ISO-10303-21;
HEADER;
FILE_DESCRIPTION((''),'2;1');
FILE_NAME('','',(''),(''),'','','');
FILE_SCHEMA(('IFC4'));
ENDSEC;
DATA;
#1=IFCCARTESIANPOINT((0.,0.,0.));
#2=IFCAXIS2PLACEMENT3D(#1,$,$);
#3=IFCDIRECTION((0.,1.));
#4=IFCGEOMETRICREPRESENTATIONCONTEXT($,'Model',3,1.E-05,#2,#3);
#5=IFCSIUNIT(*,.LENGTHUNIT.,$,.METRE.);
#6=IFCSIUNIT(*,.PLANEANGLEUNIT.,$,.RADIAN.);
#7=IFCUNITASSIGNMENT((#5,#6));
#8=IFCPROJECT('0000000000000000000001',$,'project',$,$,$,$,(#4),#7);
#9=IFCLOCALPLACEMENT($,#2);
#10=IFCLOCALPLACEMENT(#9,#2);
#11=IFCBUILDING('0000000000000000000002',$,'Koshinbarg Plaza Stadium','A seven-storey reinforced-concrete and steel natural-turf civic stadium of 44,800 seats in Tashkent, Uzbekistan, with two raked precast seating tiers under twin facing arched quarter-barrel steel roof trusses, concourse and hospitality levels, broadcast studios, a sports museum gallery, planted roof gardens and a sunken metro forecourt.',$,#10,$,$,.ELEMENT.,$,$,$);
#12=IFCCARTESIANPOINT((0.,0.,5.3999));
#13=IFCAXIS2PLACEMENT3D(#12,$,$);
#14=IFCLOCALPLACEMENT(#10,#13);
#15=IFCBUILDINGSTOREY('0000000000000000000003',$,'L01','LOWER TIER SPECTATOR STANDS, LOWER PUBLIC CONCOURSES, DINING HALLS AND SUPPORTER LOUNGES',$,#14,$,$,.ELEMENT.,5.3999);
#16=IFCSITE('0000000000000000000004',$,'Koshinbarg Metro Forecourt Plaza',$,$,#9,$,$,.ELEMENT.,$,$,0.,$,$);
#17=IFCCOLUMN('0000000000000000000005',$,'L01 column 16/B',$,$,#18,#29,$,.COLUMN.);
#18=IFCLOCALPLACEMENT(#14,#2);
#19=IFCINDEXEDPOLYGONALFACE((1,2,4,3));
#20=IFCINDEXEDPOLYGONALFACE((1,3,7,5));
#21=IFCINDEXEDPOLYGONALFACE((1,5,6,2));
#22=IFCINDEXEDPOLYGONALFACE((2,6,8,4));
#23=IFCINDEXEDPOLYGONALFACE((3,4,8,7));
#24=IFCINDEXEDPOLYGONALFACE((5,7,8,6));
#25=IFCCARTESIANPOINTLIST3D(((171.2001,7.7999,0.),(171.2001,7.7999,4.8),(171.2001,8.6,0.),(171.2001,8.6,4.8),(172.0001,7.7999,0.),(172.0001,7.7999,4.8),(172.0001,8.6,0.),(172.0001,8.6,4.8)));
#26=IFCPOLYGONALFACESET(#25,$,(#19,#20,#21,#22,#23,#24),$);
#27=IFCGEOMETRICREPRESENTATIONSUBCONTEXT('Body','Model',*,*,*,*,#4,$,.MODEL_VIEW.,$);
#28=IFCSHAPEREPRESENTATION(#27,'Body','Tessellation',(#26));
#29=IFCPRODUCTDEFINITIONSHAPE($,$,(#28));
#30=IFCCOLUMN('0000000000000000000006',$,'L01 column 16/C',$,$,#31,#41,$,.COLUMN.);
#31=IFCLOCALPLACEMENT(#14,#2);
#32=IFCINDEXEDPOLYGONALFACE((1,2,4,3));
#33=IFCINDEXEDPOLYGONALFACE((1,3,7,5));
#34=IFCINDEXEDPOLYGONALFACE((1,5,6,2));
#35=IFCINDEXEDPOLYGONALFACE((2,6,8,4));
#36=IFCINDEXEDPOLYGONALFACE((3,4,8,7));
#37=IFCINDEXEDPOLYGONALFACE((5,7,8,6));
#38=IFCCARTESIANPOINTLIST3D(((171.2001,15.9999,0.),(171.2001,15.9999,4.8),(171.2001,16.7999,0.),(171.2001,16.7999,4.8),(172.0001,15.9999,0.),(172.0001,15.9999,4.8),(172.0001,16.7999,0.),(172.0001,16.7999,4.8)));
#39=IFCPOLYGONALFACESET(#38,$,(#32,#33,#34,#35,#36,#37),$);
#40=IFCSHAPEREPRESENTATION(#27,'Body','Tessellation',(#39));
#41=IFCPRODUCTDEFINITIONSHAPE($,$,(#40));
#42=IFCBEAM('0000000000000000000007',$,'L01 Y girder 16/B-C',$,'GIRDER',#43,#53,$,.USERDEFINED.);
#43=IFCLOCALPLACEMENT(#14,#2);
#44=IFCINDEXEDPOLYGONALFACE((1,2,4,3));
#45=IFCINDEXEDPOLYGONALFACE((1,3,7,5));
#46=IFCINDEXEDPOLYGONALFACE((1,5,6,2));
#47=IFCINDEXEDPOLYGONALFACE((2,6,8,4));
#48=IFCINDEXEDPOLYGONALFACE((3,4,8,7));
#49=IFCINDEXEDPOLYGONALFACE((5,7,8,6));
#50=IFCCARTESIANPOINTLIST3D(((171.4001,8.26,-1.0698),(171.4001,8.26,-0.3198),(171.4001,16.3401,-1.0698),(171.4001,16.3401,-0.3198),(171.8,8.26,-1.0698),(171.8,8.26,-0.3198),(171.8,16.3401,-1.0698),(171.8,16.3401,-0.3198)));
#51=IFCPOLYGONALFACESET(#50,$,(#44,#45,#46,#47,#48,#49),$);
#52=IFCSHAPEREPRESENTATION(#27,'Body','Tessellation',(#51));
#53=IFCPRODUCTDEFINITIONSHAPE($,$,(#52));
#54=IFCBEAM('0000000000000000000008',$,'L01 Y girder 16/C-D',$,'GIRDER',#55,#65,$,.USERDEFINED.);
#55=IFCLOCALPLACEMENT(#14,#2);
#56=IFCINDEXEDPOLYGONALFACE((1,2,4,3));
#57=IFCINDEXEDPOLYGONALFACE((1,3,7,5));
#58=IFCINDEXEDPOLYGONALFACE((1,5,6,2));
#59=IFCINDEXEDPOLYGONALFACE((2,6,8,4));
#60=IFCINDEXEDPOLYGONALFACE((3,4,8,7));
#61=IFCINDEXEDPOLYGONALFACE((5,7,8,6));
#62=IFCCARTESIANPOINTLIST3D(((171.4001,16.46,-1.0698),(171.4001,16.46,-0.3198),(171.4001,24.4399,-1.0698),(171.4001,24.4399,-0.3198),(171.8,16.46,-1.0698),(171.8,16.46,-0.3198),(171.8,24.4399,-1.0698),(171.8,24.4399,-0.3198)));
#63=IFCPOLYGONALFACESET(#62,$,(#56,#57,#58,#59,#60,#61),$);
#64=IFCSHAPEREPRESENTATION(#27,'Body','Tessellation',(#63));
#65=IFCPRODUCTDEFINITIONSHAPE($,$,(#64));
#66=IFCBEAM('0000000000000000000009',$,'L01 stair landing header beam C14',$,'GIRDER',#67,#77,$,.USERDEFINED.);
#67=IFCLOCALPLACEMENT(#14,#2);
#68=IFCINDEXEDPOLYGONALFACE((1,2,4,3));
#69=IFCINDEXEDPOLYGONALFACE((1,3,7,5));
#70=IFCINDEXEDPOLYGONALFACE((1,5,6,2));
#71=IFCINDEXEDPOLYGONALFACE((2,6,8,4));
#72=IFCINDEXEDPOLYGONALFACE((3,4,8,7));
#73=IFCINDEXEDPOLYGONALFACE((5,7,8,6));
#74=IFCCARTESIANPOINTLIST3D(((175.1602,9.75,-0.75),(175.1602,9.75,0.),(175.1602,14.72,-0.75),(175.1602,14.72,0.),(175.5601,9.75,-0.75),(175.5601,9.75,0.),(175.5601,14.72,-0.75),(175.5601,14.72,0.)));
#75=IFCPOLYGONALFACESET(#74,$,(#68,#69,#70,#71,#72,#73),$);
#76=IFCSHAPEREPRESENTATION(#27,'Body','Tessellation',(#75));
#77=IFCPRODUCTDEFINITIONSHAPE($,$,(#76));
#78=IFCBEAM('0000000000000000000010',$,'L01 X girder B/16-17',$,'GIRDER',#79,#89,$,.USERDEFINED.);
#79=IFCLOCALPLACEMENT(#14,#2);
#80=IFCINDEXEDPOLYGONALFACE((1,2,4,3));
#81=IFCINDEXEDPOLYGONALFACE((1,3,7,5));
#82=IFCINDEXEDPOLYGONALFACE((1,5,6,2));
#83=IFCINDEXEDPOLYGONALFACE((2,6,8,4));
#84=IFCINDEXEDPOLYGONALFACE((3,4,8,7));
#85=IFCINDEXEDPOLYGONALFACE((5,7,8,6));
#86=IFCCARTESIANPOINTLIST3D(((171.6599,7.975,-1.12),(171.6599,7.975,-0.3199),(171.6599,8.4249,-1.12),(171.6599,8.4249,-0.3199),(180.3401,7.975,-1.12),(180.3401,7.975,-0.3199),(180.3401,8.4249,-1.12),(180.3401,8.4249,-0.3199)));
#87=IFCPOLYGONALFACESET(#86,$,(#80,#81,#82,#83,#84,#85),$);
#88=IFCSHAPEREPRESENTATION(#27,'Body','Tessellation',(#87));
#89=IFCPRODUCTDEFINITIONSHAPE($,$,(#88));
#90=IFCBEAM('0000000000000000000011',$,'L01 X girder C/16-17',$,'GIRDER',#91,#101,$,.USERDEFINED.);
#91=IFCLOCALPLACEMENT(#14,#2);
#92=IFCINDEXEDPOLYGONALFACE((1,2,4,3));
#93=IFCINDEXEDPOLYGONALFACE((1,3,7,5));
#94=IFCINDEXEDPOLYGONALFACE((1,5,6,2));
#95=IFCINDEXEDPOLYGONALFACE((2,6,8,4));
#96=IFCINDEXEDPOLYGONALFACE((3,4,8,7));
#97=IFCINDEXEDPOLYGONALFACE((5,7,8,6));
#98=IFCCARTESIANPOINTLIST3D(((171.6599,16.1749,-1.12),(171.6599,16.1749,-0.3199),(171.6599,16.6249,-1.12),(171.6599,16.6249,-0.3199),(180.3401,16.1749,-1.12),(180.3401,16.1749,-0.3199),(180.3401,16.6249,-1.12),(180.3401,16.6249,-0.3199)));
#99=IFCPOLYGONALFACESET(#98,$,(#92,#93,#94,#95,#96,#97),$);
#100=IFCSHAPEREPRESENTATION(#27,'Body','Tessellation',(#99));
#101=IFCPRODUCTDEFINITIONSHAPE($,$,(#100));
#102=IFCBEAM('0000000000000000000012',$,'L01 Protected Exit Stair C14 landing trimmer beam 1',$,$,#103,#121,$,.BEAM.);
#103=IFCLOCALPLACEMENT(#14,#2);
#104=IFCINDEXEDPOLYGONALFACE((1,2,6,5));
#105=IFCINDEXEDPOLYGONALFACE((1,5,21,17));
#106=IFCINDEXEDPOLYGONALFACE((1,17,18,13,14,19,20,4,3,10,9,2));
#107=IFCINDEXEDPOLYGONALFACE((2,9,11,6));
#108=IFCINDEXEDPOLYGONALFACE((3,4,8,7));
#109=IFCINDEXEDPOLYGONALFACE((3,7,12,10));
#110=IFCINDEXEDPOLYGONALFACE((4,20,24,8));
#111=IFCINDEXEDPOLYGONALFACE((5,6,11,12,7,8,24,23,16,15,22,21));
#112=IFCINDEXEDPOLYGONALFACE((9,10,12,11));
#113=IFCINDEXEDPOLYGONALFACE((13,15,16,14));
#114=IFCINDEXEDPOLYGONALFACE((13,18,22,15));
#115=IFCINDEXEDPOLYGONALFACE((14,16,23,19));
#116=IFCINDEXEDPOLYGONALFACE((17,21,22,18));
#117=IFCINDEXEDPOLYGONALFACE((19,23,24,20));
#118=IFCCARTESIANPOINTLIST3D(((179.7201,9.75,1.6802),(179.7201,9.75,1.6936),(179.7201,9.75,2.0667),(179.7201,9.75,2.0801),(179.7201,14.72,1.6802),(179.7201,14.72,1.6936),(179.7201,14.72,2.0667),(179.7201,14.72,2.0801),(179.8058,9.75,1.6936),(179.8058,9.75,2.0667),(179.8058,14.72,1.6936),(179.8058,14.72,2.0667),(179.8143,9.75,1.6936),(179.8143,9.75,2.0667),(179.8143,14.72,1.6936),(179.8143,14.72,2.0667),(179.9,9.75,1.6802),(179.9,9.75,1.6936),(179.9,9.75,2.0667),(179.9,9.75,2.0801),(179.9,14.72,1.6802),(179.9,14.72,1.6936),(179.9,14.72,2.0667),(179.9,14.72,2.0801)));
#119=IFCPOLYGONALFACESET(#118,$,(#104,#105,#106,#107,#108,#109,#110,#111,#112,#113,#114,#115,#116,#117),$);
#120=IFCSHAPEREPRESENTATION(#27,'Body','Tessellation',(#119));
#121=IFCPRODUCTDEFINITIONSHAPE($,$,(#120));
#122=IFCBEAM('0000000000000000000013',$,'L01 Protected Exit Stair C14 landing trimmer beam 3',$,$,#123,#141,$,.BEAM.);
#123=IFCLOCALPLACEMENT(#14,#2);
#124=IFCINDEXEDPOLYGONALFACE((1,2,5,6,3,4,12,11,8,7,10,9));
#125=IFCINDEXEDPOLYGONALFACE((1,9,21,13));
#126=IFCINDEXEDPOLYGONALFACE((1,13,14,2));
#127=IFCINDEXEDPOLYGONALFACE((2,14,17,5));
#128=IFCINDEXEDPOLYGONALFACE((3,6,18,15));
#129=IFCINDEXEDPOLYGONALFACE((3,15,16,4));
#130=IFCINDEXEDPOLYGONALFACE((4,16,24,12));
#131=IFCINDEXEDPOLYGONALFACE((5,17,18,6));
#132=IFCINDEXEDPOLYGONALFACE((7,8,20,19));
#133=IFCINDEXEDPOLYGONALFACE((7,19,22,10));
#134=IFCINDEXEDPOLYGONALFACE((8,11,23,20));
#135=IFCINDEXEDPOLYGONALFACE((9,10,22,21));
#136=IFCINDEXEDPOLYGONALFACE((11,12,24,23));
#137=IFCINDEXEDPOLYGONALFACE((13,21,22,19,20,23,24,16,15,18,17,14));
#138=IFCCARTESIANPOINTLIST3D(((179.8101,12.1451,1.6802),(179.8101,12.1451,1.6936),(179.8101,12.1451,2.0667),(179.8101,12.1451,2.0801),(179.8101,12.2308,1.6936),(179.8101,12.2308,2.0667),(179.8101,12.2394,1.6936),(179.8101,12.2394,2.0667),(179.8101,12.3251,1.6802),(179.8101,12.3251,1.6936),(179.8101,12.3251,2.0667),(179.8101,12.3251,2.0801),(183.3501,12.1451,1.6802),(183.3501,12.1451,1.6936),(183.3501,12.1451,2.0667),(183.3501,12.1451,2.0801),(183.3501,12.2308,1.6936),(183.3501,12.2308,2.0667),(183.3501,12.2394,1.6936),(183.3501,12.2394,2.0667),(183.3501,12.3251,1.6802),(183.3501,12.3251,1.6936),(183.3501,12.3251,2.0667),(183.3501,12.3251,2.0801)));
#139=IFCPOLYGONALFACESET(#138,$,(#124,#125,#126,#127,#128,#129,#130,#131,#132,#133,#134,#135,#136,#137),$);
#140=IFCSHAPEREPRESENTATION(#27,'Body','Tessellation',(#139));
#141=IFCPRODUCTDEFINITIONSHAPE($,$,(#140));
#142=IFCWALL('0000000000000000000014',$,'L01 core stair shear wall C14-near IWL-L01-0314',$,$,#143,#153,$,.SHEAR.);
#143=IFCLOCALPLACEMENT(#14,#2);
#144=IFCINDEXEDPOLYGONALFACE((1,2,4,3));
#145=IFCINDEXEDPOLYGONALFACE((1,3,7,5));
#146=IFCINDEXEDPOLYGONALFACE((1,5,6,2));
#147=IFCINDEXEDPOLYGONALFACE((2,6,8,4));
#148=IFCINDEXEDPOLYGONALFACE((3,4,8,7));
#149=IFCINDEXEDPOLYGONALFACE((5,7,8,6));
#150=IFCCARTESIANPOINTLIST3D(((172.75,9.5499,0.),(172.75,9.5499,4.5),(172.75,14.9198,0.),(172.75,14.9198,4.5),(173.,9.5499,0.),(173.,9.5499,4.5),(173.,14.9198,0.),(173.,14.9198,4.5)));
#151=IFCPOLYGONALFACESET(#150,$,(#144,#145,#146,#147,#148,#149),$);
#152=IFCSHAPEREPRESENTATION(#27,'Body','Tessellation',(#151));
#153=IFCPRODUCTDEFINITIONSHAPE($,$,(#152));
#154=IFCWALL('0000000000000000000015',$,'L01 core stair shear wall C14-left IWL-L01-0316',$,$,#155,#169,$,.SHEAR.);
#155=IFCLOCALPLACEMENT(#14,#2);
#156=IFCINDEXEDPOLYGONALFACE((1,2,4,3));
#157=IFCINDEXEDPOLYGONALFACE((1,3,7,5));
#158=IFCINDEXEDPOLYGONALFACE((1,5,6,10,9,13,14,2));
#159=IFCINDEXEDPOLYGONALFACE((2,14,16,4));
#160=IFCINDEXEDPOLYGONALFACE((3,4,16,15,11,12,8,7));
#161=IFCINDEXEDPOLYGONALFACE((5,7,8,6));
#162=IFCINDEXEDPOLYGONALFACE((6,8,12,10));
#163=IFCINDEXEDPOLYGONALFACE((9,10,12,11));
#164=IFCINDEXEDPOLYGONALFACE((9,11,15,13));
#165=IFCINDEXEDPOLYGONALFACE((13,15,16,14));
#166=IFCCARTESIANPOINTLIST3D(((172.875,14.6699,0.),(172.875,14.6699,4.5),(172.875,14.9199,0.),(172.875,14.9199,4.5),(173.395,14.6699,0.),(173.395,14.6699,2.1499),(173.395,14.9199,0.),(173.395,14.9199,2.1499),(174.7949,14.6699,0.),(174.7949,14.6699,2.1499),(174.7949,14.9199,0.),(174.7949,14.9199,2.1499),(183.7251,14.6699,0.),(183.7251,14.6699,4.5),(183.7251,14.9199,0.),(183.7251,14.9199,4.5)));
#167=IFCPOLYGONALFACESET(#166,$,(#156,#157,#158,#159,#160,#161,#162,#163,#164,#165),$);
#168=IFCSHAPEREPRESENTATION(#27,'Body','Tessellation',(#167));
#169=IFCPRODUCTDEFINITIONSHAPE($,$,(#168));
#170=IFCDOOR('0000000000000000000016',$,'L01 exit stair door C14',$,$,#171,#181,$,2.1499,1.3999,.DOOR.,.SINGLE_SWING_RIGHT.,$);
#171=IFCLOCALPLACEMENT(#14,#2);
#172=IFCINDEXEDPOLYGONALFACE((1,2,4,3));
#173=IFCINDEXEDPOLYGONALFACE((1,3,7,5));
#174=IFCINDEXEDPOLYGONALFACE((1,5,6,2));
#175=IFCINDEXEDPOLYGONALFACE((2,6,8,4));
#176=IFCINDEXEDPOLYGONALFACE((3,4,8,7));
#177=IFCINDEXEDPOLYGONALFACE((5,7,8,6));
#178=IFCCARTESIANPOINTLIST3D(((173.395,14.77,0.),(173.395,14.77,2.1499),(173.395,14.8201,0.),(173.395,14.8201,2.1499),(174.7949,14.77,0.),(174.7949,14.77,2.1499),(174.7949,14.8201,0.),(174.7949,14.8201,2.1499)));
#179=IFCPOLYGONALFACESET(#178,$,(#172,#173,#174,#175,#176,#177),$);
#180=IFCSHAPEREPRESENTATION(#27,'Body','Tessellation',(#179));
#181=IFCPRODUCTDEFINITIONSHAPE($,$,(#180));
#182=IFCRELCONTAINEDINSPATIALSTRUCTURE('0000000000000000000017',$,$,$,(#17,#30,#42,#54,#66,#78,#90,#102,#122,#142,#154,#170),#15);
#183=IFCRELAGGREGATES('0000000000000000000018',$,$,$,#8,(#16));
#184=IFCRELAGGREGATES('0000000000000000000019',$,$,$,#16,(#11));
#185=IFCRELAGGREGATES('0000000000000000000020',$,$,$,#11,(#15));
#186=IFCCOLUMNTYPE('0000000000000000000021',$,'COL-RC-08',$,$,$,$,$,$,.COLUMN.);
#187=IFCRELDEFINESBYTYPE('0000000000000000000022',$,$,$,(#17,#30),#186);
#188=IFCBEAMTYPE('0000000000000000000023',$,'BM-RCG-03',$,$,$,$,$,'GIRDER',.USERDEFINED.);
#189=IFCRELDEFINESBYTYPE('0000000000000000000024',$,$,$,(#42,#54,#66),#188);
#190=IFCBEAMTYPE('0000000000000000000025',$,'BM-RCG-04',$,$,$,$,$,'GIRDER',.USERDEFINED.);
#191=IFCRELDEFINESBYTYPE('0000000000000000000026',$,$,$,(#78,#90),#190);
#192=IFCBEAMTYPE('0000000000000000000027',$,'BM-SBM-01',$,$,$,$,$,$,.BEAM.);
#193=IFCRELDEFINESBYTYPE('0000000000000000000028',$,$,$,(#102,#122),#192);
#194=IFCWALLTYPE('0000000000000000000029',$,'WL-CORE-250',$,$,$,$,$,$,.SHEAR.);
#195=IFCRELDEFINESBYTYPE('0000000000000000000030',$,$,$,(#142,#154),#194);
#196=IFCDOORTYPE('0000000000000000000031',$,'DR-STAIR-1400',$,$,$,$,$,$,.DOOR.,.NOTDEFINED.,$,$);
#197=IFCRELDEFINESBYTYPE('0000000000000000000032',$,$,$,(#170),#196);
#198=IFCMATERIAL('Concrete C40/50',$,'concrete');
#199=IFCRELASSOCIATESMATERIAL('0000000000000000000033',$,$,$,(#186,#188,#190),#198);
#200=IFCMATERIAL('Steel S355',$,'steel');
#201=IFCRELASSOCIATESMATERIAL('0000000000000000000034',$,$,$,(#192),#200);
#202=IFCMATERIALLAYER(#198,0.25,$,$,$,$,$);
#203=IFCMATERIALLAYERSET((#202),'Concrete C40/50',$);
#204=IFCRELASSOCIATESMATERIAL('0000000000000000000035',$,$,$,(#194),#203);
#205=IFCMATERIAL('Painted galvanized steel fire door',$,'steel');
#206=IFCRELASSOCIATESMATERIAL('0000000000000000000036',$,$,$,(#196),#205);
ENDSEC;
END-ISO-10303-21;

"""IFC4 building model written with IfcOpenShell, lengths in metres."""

from ifc_helpers import new_model, si_unit, direction, frame, frame_2d, origin, origin_2d, place, context, subcontext, project, spatial, rectangle, i_section, extrude, material, layer, layer_set, material_profile, profile_set, type_object, element, fill, save


model = new_model("IFC4")

# Units and contexts
model_context = context("Model", 3, precision=1e-05, world=origin(), true_north=direction((0.0, 1.0)))
body_context = subcontext(model_context, "Body", "Model", "MODEL_VIEW")
ifc_project = project(units=[si_unit("LENGTHUNIT", "METRE"), si_unit("PLANEANGLEUNIT", "RADIAN")], contexts=[model_context])

# Site, building, storey
site_placement = place(None, origin())
site = spatial("IfcSite", under=ifc_project, at=site_placement, Name="Koshinbarg Metro Forecourt Plaza", CompositionType="ELEMENT", RefElevation=0.0)
building_placement = place(site_placement, origin())
building = spatial("IfcBuilding", under=site, at=building_placement, Name="Koshinbarg Plaza Stadium", Description="A seven-storey reinforced-concrete and steel natural-turf civic stadium of 44,800 seats in Tashkent, Uzbekistan, with two raked precast seating tiers under twin facing arched quarter-barrel steel roof trusses, concourse and hospitality levels, broadcast studios, a sports museum gallery, planted roof gardens and a sunken metro forecourt.", CompositionType="ELEMENT")
storey_placement = place(building_placement, frame((0.0, 0.0, 5.3999)))
storey = spatial("IfcBuildingStorey", under=building, at=storey_placement, Name="L01", Description="LOWER TIER SPECTATOR STANDS, LOWER PUBLIC CONCOURSES, DINING HALLS AND SUPPORTER LOUNGES", CompositionType="ELEMENT", Elevation=5.3999)

# Columns
ifc_material_1 = material(Name="Concrete C40/50", Category="concrete")
ifc_material_profile_1 = material_profile(ifc_material_1, rectangle(XDim=0.8, YDim=0.8, at=origin_2d()), Name="RC 800x800")
ifc_profile_set_1 = profile_set([ifc_material_profile_1], Name="Concrete C40/50")
column_type = type_object("IfcColumnType", Name="COL-RC-08", PredefinedType="COLUMN", material=ifc_profile_set_1)
for number, where, z_axis, x_axis, name in (
    (1, (171.6001, 8.2, 0.0), (0.0, 0.0, 1.0), (1.0, 0.0, 0.0), "L01 column 16/B"),
    (2, (171.6001, 16.3999, 0.0), (0.0, 0.0, 1.0), (1.0, 0.0, 0.0), "L01 column 16/C"),
):
    element("IfcColumn", number, at=place(storey_placement, frame(where, z_axis=z_axis, x_axis=x_axis)), inside=storey, type_object=column_type, Name=name, PredefinedType="COLUMN", context=body_context, shape_type="SweptSolid", body=[
        extrude(rectangle(XDim=0.8, YDim=0.8, at=origin_2d()), origin(), (0.0, 0.0, 1.0), 4.8),
    ])

# Beams
ifc_material_profile_2 = material_profile(ifc_material_1, rectangle(XDim=0.3999, YDim=0.75, at=origin_2d()), Name="RC 400x750")
ifc_profile_set_2 = profile_set([ifc_material_profile_2], Name="Concrete C40/50")
beam_type_1 = type_object("IfcBeamType", Name="BM-RCG-03", ElementType="GIRDER", PredefinedType="USERDEFINED", material=ifc_profile_set_2)
beam_1_placement = place(storey_placement, frame((171.6001, 8.26, -0.6948), z_axis=(0.0, 1.0, 0.0), x_axis=(-1.0, 0.0, 0.0)))
element("IfcBeam", 3, at=beam_1_placement, inside=storey, type_object=beam_type_1, Name="L01 Y girder 16/B-C", ObjectType="GIRDER", PredefinedType="USERDEFINED", context=body_context, shape_type="SweptSolid", body=[
    extrude(rectangle(XDim=0.3999, YDim=0.75, at=origin_2d()), origin(), (0.0, 0.0, 1.0), 8.0801),
])
beam_2_placement = place(storey_placement, frame((171.6001, 16.46, -0.6948), z_axis=(0.0, 1.0, 0.0), x_axis=(-1.0, 0.0, 0.0)))
element("IfcBeam", 4, at=beam_2_placement, inside=storey, type_object=beam_type_1, Name="L01 Y girder 16/C-D", ObjectType="GIRDER", PredefinedType="USERDEFINED", context=body_context, shape_type="SweptSolid", body=[
    extrude(rectangle(XDim=0.3999, YDim=0.75, at=origin_2d()), origin(), (0.0, 0.0, 1.0), 7.98),
])
beam_3_placement = place(storey_placement, frame((175.3601, 9.75, -0.375), z_axis=(0.0, 1.0, 0.0), x_axis=(-1.0, 0.0, 0.0)))
element("IfcBeam", 5, at=beam_3_placement, inside=storey, type_object=beam_type_1, Name="L01 stair landing header beam C14", ObjectType="GIRDER", PredefinedType="USERDEFINED", context=body_context, shape_type="SweptSolid", body=[
    extrude(rectangle(XDim=0.3999, YDim=0.75, at=origin_2d()), origin(), (0.0, 0.0, 1.0), 4.97),
])
ifc_material_profile_3 = material_profile(ifc_material_1, rectangle(XDim=0.45, YDim=0.8, at=origin_2d()), Name="RC 450x800")
ifc_profile_set_3 = profile_set([ifc_material_profile_3], Name="Concrete C40/50")
beam_type_2 = type_object("IfcBeamType", Name="BM-RCG-04", ElementType="GIRDER", PredefinedType="USERDEFINED", material=ifc_profile_set_3)
for number, where, z_axis, x_axis, name in (
    (6, (171.6599, 8.2, -0.72), (1.0, 0.0, 0.0), (0.0, 1.0, 0.0), "L01 X girder B/16-17"),
    (7, (171.6599, 16.3999, -0.72), (1.0, 0.0, 0.0), (0.0, 1.0, 0.0), "L01 X girder C/16-17"),
):
    element("IfcBeam", number, at=place(storey_placement, frame(where, z_axis=z_axis, x_axis=x_axis)), inside=storey, type_object=beam_type_2, Name=name, ObjectType="GIRDER", PredefinedType="USERDEFINED", context=body_context, shape_type="SweptSolid", body=[
        extrude(rectangle(XDim=0.45, YDim=0.8, at=origin_2d()), origin(), (0.0, 0.0, 1.0), 8.6802),
    ])
ifc_material_2 = material(Name="Steel S355", Category="steel")
ifc_material_profile_4 = material_profile(ifc_material_2, i_section(OverallWidth=0.1799, OverallDepth=0.3999, WebThickness=0.0085, FlangeThickness=0.0134, at=origin_2d()), Name="IPE 400")
ifc_profile_set_4 = profile_set([ifc_material_profile_4], Name="Steel S355")
beam_type_3 = type_object("IfcBeamType", Name="BM-SBM-01", PredefinedType="BEAM", material=ifc_profile_set_4)
beam_4_placement = place(storey_placement, frame((179.8101, 9.75, 1.8801), z_axis=(0.0, 1.0, 0.0), x_axis=(-1.0, 0.0, 0.0)))
element("IfcBeam", 8, at=beam_4_placement, inside=storey, type_object=beam_type_3, Name="L01 Protected Exit Stair C14 landing trimmer beam 1", PredefinedType="BEAM", context=body_context, shape_type="SweptSolid", body=[
    extrude(i_section(OverallWidth=0.1799, OverallDepth=0.3999, WebThickness=0.0085, FlangeThickness=0.0134, at=origin_2d()), origin(), (0.0, 0.0, 1.0), 4.97),
])
beam_5_placement = place(storey_placement, frame((179.8101, 12.2351, 1.8801), z_axis=(1.0, 0.0, 0.0), x_axis=(0.0, 1.0, 0.0)))
element("IfcBeam", 9, at=beam_5_placement, inside=storey, type_object=beam_type_3, Name="L01 Protected Exit Stair C14 landing trimmer beam 3", PredefinedType="BEAM", context=body_context, shape_type="SweptSolid", body=[
    extrude(i_section(OverallWidth=0.1799, OverallDepth=0.3999, WebThickness=0.0085, FlangeThickness=0.0134, at=origin_2d()), origin(), (0.0, 0.0, 1.0), 3.54),
])

# Wall
ifc_layer_1 = layer(ifc_material_1, 0.25)
ifc_layer_set_1 = layer_set([ifc_layer_1], Name="Concrete C40/50")
wall_type_1 = type_object("IfcWallType", Name="WL-CORE-250", PredefinedType="SHEAR", material=ifc_layer_set_1)
wall_1_placement = place(storey_placement, frame((172.875, 14.9199, 0.0), z_axis=(0.0, 0.0, 1.0), x_axis=(0.0, -1.0, 0.0)))
element("IfcWall", 10, at=wall_1_placement, inside=storey, type_object=wall_type_1, Name="L01 core stair shear wall C14-near IWL-L01-0314", PredefinedType="SHEAR", context=body_context, shape_type="SweptSolid", body=[
    extrude(rectangle(XDim=5.3699, YDim=0.25, at=frame_2d((2.6851, 0.0))), origin(), (0.0, 0.0, 1.0), 4.5),
])

# Wall, opening, door
wall_2_placement = place(storey_placement, frame((172.875, 14.7949, 0.0), z_axis=(0.0, 0.0, 1.0), x_axis=(1.0, 0.0, 0.0)))
wall_2 = element("IfcWall", 11, at=wall_2_placement, inside=storey, type_object=wall_type_1, Name="L01 core stair shear wall C14-left IWL-L01-0316", PredefinedType="SHEAR", context=body_context, shape_type="SweptSolid", body=[
    extrude(rectangle(XDim=10.8501, YDim=0.25, at=frame_2d((5.425, 0.0))), origin(), (0.0, 0.0, 1.0), 4.5),
])
opening_1_placement = place(wall_2_placement, frame((0.52, 0.0, 0.0)))
opening_1 = element("IfcOpeningElement", 12, at=opening_1_placement, cuts=wall_2, PredefinedType="OPENING", context=body_context, shape_type="SweptSolid", body=[
    extrude(rectangle(XDim=1.3999, YDim=2.1499, at=frame_2d((0.7, 1.075))), frame((0.0, 0.135, 0.0), z_axis=(0.0, -1.0, 0.0), x_axis=(1.0, 0.0, 0.0)), (0.0, 0.0, 1.0), 0.27),
])
ifc_material_3 = material(Name="Painted galvanized steel fire door", Category="steel")
door_type_1 = type_object("IfcDoorType", Name="DR-STAIR-1400", OperationType="NOTDEFINED", PredefinedType="DOOR", material=ifc_material_3)
door_1_placement = place(opening_1_placement, frame((1.3999, 0.0, 0.0), z_axis=(0.0, 0.0, 1.0), x_axis=(-1.0, 0.0, 0.0)))
door_1 = element("IfcDoor", 13, at=door_1_placement, inside=storey, type_object=door_type_1, Name="L01 exit stair door C14", OperationType="SINGLE_SWING_RIGHT", OverallHeight=2.1499, OverallWidth=1.3999, PredefinedType="DOOR", context=body_context, shape_type="SweptSolid", body=[
    extrude(rectangle(XDim=1.3999, YDim=2.1499, at=frame_2d((0.7, 1.075))), frame((0.0, 0.0249, 0.0), z_axis=(0.0, -1.0, 0.0), x_axis=(1.0, 0.0, 0.0)), (0.0, 0.0, 1.0), 0.05),
])
fill(opening_1, door_1)

save(model, "model.ifc")
